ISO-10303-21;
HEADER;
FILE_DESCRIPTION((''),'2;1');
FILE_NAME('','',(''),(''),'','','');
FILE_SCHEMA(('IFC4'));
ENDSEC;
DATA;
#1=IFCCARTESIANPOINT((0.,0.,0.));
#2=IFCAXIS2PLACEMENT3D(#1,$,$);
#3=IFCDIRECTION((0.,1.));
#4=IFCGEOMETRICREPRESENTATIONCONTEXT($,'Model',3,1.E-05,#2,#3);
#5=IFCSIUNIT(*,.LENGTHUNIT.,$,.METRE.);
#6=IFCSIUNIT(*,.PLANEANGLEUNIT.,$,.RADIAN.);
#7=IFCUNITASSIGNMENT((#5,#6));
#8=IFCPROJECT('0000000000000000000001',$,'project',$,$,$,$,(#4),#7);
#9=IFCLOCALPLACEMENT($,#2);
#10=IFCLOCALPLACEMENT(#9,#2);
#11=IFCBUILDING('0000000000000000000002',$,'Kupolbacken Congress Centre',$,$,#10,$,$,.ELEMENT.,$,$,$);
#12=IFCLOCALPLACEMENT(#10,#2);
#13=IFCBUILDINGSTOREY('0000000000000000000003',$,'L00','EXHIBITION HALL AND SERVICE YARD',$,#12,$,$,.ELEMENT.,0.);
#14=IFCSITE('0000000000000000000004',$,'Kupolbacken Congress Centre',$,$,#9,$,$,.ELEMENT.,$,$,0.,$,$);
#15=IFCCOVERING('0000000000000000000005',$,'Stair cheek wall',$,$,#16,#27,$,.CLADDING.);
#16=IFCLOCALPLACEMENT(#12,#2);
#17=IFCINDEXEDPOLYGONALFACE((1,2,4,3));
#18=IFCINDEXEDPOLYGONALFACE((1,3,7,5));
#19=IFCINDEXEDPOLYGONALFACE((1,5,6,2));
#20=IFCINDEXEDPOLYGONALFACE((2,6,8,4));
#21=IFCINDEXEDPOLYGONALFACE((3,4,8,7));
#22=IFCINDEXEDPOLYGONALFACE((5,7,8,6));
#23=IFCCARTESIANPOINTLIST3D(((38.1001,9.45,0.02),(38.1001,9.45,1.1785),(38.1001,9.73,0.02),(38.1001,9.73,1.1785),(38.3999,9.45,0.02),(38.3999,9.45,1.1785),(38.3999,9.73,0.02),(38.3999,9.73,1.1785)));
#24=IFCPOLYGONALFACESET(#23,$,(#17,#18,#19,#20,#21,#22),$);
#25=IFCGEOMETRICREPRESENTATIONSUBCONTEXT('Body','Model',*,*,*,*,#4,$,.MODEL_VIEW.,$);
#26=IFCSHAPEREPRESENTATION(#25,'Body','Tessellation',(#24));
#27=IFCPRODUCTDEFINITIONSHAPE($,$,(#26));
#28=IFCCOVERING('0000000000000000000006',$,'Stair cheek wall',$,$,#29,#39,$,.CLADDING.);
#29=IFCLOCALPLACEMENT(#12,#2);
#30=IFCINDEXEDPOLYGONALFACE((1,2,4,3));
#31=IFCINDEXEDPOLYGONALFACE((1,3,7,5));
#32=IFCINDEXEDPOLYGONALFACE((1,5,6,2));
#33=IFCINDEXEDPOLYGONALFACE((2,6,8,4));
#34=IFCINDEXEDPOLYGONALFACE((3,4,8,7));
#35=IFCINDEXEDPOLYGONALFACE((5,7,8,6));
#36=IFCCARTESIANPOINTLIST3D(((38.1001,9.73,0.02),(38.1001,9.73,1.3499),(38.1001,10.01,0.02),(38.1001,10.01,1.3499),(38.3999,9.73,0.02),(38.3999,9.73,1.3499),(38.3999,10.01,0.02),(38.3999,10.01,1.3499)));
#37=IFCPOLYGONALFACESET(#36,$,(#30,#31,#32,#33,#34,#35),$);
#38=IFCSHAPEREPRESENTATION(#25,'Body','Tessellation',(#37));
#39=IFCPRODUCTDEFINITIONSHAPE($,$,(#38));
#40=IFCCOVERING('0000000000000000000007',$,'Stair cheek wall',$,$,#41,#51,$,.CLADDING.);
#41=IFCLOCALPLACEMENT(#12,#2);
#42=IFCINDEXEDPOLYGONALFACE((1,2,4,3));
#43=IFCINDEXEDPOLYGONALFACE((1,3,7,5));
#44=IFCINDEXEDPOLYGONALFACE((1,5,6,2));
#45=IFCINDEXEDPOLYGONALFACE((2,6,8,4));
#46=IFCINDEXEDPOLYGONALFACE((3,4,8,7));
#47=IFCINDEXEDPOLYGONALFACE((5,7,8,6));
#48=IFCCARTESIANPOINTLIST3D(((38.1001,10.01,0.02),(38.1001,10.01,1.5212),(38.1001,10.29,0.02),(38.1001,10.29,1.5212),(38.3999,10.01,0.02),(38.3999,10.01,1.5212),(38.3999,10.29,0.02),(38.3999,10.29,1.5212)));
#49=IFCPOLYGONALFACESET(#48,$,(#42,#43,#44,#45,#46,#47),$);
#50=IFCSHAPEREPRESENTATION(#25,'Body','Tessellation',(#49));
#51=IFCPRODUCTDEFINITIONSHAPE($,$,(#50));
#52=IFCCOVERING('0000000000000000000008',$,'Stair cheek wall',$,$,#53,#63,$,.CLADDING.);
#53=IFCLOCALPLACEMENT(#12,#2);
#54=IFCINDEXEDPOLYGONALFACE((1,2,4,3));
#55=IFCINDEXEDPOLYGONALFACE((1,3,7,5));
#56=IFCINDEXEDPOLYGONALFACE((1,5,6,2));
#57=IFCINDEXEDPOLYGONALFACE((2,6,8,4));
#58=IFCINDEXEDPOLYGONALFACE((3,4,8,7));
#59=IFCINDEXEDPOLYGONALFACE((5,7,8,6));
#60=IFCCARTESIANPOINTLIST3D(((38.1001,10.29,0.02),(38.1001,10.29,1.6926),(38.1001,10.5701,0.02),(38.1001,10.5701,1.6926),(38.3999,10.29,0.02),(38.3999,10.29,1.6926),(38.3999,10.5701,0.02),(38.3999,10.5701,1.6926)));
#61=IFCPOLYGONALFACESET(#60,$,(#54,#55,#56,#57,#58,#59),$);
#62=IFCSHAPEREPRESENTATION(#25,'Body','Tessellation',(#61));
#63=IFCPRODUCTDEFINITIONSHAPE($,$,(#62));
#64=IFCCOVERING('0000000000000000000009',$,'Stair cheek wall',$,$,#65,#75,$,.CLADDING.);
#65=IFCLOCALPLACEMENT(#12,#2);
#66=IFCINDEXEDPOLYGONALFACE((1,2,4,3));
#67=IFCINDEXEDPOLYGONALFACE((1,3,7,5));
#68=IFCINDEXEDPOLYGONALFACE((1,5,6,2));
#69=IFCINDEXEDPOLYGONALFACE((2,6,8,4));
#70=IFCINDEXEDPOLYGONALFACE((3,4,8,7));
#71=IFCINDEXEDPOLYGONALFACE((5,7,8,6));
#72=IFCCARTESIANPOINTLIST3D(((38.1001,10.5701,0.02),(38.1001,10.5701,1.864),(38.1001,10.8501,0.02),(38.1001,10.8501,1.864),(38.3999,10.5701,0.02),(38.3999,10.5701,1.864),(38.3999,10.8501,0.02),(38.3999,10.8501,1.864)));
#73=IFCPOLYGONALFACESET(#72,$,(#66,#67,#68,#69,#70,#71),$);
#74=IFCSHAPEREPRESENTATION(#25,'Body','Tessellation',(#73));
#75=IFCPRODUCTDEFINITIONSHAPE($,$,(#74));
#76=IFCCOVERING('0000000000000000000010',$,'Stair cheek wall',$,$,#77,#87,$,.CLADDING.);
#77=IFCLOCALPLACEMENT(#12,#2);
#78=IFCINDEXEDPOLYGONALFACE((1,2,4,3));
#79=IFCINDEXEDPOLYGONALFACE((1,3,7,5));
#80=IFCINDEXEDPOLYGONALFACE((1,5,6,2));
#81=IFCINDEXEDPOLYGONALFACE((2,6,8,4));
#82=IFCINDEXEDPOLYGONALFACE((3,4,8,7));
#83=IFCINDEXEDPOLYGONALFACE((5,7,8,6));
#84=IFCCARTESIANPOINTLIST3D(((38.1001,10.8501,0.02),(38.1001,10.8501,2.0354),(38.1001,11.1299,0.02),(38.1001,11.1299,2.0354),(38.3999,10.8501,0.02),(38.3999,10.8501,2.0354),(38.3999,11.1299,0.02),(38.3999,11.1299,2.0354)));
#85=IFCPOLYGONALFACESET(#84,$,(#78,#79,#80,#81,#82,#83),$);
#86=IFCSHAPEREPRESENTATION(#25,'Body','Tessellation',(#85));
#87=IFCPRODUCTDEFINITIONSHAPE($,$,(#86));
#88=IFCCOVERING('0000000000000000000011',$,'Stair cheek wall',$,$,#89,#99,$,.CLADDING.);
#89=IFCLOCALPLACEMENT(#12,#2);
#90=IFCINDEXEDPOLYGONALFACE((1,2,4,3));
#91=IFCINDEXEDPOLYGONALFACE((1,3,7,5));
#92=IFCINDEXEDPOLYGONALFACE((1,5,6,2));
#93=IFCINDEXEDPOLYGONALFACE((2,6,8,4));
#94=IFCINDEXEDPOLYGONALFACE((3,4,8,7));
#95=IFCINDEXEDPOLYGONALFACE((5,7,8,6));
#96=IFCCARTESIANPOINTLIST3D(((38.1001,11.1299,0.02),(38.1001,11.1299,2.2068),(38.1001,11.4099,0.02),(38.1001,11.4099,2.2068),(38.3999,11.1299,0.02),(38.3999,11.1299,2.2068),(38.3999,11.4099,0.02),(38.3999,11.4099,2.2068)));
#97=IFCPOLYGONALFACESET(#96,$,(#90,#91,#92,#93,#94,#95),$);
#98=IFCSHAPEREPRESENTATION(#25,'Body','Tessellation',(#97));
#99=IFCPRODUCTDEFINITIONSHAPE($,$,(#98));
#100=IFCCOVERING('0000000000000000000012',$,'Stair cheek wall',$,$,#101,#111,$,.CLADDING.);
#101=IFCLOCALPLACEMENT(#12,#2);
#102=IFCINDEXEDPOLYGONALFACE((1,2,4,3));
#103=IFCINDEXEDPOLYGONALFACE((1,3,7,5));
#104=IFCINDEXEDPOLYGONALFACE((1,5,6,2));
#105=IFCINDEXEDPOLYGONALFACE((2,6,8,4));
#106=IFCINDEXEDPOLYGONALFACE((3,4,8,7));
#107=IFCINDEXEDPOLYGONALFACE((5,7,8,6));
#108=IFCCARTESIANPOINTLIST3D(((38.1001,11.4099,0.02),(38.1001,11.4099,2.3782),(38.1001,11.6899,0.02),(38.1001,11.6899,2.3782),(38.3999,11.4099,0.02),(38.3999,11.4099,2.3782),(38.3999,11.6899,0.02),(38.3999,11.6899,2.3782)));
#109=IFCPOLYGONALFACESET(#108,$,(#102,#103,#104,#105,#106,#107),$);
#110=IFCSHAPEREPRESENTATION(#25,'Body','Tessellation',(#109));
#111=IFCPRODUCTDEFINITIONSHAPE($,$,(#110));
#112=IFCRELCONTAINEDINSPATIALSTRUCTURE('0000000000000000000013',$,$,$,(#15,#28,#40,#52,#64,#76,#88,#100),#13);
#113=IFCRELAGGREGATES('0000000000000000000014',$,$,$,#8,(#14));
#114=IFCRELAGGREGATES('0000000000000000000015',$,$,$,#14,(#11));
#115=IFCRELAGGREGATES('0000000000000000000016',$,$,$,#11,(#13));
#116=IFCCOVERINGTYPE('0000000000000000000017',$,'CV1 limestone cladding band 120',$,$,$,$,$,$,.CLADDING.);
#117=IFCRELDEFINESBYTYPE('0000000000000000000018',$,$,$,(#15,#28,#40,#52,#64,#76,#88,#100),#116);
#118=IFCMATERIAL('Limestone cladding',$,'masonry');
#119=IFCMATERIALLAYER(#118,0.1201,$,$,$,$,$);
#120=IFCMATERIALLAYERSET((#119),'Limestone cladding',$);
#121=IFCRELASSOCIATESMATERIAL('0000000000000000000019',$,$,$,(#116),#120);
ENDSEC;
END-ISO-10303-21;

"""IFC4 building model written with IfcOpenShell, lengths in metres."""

from ifc_helpers import new_model, si_unit, direction, frame, origin, place, context, subcontext, project, spatial, polyline, outline, extrude, material, layer, layer_set, type_object, element, save


model = new_model("IFC4")

# Units and contexts
model_context = context("Model", 3, precision=1e-05, world=origin(), true_north=direction((0.0, 1.0)))
body_context = subcontext(model_context, "Body", "Model", "MODEL_VIEW")
ifc_project = project(units=[si_unit("LENGTHUNIT", "METRE"), si_unit("PLANEANGLEUNIT", "RADIAN")], contexts=[model_context])

# Site, building, storey
site_placement = place(None, origin())
site = spatial("IfcSite", under=ifc_project, at=site_placement, Name="Kupolbacken Congress Centre", CompositionType="ELEMENT", RefElevation=0.0)
building_placement = place(site_placement, origin())
building = spatial("IfcBuilding", under=site, at=building_placement, Name="Kupolbacken Congress Centre", CompositionType="ELEMENT")
storey_placement = place(building_placement, origin())
storey = spatial("IfcBuildingStorey", under=building, at=storey_placement, Name="L00", Description="EXHIBITION HALL AND SERVICE YARD", CompositionType="ELEMENT", Elevation=0.0)

# Coverings
ifc_material = material(Name="Limestone cladding", Category="masonry")
ifc_layer = layer(ifc_material, 0.1201)
ifc_layer_set = layer_set([ifc_layer], Name="Limestone cladding")
covering_type = type_object("IfcCoveringType", Name="CV1 limestone cladding band 120", PredefinedType="CLADDING", material=ifc_layer_set)
covering_1_placement = place(storey_placement, frame((0.0, 0.0, 0.02)))
element("IfcCovering", 1, at=covering_1_placement, inside=storey, type_object=covering_type, Name="Stair cheek wall", PredefinedType="CLADDING", context=body_context, shape_type="SweptSolid", body=[
    extrude(outline(polyline([(38.3999, 9.45), (38.3999, 9.73), (38.1001, 9.73), (38.1001, 9.45), (38.3999, 9.45)])), origin(), (0.0, 0.0, 1.0), 1.1584),
])
covering_2_placement = place(storey_placement, frame((0.0, 0.0, 0.02)))
element("IfcCovering", 2, at=covering_2_placement, inside=storey, type_object=covering_type, Name="Stair cheek wall", PredefinedType="CLADDING", context=body_context, shape_type="SweptSolid", body=[
    extrude(outline(polyline([(38.3999, 9.73), (38.3999, 10.01), (38.1001, 10.01), (38.1001, 9.73), (38.3999, 9.73)])), origin(), (0.0, 0.0, 1.0), 1.3298),
])
covering_3_placement = place(storey_placement, frame((0.0, 0.0, 0.02)))
element("IfcCovering", 3, at=covering_3_placement, inside=storey, type_object=covering_type, Name="Stair cheek wall", PredefinedType="CLADDING", context=body_context, shape_type="SweptSolid", body=[
    extrude(outline(polyline([(38.3999, 10.01), (38.3999, 10.29), (38.1001, 10.29), (38.1001, 10.01), (38.3999, 10.01)])), origin(), (0.0, 0.0, 1.0), 1.5012),
])
covering_4_placement = place(storey_placement, frame((0.0, 0.0, 0.02)))
element("IfcCovering", 4, at=covering_4_placement, inside=storey, type_object=covering_type, Name="Stair cheek wall", PredefinedType="CLADDING", context=body_context, shape_type="SweptSolid", body=[
    extrude(outline(polyline([(38.3999, 10.29), (38.3999, 10.5701), (38.1001, 10.5701), (38.1001, 10.29), (38.3999, 10.29)])), origin(), (0.0, 0.0, 1.0), 1.6726),
])
covering_5_placement = place(storey_placement, frame((0.0, 0.0, 0.02)))
element("IfcCovering", 5, at=covering_5_placement, inside=storey, type_object=covering_type, Name="Stair cheek wall", PredefinedType="CLADDING", context=body_context, shape_type="SweptSolid", body=[
    extrude(outline(polyline([(38.3999, 10.5701), (38.3999, 10.8501), (38.1001, 10.8501), (38.1001, 10.5701), (38.3999, 10.5701)])), origin(), (0.0, 0.0, 1.0), 1.844),
])
covering_6_placement = place(storey_placement, frame((0.0, 0.0, 0.02)))
element("IfcCovering", 6, at=covering_6_placement, inside=storey, type_object=covering_type, Name="Stair cheek wall", PredefinedType="CLADDING", context=body_context, shape_type="SweptSolid", body=[
    extrude(outline(polyline([(38.3999, 10.8501), (38.3999, 11.1299), (38.1001, 11.1299), (38.1001, 10.8501), (38.3999, 10.8501)])), origin(), (0.0, 0.0, 1.0), 2.0154),
])
covering_7_placement = place(storey_placement, frame((0.0, 0.0, 0.02)))
element("IfcCovering", 7, at=covering_7_placement, inside=storey, type_object=covering_type, Name="Stair cheek wall", PredefinedType="CLADDING", context=body_context, shape_type="SweptSolid", body=[
    extrude(outline(polyline([(38.3999, 11.1299), (38.3999, 11.4099), (38.1001, 11.4099), (38.1001, 11.1299), (38.3999, 11.1299)])), origin(), (0.0, 0.0, 1.0), 2.1868),
])
covering_8_placement = place(storey_placement, frame((0.0, 0.0, 0.02)))
element("IfcCovering", 8, at=covering_8_placement, inside=storey, type_object=covering_type, Name="Stair cheek wall", PredefinedType="CLADDING", context=body_context, shape_type="SweptSolid", body=[
    extrude(outline(polyline([(38.3999, 11.4099), (38.3999, 11.6899), (38.1001, 11.6899), (38.1001, 11.4099), (38.3999, 11.4099)])), origin(), (0.0, 0.0, 1.0), 2.3582),
])

save(model, "model.ifc")
